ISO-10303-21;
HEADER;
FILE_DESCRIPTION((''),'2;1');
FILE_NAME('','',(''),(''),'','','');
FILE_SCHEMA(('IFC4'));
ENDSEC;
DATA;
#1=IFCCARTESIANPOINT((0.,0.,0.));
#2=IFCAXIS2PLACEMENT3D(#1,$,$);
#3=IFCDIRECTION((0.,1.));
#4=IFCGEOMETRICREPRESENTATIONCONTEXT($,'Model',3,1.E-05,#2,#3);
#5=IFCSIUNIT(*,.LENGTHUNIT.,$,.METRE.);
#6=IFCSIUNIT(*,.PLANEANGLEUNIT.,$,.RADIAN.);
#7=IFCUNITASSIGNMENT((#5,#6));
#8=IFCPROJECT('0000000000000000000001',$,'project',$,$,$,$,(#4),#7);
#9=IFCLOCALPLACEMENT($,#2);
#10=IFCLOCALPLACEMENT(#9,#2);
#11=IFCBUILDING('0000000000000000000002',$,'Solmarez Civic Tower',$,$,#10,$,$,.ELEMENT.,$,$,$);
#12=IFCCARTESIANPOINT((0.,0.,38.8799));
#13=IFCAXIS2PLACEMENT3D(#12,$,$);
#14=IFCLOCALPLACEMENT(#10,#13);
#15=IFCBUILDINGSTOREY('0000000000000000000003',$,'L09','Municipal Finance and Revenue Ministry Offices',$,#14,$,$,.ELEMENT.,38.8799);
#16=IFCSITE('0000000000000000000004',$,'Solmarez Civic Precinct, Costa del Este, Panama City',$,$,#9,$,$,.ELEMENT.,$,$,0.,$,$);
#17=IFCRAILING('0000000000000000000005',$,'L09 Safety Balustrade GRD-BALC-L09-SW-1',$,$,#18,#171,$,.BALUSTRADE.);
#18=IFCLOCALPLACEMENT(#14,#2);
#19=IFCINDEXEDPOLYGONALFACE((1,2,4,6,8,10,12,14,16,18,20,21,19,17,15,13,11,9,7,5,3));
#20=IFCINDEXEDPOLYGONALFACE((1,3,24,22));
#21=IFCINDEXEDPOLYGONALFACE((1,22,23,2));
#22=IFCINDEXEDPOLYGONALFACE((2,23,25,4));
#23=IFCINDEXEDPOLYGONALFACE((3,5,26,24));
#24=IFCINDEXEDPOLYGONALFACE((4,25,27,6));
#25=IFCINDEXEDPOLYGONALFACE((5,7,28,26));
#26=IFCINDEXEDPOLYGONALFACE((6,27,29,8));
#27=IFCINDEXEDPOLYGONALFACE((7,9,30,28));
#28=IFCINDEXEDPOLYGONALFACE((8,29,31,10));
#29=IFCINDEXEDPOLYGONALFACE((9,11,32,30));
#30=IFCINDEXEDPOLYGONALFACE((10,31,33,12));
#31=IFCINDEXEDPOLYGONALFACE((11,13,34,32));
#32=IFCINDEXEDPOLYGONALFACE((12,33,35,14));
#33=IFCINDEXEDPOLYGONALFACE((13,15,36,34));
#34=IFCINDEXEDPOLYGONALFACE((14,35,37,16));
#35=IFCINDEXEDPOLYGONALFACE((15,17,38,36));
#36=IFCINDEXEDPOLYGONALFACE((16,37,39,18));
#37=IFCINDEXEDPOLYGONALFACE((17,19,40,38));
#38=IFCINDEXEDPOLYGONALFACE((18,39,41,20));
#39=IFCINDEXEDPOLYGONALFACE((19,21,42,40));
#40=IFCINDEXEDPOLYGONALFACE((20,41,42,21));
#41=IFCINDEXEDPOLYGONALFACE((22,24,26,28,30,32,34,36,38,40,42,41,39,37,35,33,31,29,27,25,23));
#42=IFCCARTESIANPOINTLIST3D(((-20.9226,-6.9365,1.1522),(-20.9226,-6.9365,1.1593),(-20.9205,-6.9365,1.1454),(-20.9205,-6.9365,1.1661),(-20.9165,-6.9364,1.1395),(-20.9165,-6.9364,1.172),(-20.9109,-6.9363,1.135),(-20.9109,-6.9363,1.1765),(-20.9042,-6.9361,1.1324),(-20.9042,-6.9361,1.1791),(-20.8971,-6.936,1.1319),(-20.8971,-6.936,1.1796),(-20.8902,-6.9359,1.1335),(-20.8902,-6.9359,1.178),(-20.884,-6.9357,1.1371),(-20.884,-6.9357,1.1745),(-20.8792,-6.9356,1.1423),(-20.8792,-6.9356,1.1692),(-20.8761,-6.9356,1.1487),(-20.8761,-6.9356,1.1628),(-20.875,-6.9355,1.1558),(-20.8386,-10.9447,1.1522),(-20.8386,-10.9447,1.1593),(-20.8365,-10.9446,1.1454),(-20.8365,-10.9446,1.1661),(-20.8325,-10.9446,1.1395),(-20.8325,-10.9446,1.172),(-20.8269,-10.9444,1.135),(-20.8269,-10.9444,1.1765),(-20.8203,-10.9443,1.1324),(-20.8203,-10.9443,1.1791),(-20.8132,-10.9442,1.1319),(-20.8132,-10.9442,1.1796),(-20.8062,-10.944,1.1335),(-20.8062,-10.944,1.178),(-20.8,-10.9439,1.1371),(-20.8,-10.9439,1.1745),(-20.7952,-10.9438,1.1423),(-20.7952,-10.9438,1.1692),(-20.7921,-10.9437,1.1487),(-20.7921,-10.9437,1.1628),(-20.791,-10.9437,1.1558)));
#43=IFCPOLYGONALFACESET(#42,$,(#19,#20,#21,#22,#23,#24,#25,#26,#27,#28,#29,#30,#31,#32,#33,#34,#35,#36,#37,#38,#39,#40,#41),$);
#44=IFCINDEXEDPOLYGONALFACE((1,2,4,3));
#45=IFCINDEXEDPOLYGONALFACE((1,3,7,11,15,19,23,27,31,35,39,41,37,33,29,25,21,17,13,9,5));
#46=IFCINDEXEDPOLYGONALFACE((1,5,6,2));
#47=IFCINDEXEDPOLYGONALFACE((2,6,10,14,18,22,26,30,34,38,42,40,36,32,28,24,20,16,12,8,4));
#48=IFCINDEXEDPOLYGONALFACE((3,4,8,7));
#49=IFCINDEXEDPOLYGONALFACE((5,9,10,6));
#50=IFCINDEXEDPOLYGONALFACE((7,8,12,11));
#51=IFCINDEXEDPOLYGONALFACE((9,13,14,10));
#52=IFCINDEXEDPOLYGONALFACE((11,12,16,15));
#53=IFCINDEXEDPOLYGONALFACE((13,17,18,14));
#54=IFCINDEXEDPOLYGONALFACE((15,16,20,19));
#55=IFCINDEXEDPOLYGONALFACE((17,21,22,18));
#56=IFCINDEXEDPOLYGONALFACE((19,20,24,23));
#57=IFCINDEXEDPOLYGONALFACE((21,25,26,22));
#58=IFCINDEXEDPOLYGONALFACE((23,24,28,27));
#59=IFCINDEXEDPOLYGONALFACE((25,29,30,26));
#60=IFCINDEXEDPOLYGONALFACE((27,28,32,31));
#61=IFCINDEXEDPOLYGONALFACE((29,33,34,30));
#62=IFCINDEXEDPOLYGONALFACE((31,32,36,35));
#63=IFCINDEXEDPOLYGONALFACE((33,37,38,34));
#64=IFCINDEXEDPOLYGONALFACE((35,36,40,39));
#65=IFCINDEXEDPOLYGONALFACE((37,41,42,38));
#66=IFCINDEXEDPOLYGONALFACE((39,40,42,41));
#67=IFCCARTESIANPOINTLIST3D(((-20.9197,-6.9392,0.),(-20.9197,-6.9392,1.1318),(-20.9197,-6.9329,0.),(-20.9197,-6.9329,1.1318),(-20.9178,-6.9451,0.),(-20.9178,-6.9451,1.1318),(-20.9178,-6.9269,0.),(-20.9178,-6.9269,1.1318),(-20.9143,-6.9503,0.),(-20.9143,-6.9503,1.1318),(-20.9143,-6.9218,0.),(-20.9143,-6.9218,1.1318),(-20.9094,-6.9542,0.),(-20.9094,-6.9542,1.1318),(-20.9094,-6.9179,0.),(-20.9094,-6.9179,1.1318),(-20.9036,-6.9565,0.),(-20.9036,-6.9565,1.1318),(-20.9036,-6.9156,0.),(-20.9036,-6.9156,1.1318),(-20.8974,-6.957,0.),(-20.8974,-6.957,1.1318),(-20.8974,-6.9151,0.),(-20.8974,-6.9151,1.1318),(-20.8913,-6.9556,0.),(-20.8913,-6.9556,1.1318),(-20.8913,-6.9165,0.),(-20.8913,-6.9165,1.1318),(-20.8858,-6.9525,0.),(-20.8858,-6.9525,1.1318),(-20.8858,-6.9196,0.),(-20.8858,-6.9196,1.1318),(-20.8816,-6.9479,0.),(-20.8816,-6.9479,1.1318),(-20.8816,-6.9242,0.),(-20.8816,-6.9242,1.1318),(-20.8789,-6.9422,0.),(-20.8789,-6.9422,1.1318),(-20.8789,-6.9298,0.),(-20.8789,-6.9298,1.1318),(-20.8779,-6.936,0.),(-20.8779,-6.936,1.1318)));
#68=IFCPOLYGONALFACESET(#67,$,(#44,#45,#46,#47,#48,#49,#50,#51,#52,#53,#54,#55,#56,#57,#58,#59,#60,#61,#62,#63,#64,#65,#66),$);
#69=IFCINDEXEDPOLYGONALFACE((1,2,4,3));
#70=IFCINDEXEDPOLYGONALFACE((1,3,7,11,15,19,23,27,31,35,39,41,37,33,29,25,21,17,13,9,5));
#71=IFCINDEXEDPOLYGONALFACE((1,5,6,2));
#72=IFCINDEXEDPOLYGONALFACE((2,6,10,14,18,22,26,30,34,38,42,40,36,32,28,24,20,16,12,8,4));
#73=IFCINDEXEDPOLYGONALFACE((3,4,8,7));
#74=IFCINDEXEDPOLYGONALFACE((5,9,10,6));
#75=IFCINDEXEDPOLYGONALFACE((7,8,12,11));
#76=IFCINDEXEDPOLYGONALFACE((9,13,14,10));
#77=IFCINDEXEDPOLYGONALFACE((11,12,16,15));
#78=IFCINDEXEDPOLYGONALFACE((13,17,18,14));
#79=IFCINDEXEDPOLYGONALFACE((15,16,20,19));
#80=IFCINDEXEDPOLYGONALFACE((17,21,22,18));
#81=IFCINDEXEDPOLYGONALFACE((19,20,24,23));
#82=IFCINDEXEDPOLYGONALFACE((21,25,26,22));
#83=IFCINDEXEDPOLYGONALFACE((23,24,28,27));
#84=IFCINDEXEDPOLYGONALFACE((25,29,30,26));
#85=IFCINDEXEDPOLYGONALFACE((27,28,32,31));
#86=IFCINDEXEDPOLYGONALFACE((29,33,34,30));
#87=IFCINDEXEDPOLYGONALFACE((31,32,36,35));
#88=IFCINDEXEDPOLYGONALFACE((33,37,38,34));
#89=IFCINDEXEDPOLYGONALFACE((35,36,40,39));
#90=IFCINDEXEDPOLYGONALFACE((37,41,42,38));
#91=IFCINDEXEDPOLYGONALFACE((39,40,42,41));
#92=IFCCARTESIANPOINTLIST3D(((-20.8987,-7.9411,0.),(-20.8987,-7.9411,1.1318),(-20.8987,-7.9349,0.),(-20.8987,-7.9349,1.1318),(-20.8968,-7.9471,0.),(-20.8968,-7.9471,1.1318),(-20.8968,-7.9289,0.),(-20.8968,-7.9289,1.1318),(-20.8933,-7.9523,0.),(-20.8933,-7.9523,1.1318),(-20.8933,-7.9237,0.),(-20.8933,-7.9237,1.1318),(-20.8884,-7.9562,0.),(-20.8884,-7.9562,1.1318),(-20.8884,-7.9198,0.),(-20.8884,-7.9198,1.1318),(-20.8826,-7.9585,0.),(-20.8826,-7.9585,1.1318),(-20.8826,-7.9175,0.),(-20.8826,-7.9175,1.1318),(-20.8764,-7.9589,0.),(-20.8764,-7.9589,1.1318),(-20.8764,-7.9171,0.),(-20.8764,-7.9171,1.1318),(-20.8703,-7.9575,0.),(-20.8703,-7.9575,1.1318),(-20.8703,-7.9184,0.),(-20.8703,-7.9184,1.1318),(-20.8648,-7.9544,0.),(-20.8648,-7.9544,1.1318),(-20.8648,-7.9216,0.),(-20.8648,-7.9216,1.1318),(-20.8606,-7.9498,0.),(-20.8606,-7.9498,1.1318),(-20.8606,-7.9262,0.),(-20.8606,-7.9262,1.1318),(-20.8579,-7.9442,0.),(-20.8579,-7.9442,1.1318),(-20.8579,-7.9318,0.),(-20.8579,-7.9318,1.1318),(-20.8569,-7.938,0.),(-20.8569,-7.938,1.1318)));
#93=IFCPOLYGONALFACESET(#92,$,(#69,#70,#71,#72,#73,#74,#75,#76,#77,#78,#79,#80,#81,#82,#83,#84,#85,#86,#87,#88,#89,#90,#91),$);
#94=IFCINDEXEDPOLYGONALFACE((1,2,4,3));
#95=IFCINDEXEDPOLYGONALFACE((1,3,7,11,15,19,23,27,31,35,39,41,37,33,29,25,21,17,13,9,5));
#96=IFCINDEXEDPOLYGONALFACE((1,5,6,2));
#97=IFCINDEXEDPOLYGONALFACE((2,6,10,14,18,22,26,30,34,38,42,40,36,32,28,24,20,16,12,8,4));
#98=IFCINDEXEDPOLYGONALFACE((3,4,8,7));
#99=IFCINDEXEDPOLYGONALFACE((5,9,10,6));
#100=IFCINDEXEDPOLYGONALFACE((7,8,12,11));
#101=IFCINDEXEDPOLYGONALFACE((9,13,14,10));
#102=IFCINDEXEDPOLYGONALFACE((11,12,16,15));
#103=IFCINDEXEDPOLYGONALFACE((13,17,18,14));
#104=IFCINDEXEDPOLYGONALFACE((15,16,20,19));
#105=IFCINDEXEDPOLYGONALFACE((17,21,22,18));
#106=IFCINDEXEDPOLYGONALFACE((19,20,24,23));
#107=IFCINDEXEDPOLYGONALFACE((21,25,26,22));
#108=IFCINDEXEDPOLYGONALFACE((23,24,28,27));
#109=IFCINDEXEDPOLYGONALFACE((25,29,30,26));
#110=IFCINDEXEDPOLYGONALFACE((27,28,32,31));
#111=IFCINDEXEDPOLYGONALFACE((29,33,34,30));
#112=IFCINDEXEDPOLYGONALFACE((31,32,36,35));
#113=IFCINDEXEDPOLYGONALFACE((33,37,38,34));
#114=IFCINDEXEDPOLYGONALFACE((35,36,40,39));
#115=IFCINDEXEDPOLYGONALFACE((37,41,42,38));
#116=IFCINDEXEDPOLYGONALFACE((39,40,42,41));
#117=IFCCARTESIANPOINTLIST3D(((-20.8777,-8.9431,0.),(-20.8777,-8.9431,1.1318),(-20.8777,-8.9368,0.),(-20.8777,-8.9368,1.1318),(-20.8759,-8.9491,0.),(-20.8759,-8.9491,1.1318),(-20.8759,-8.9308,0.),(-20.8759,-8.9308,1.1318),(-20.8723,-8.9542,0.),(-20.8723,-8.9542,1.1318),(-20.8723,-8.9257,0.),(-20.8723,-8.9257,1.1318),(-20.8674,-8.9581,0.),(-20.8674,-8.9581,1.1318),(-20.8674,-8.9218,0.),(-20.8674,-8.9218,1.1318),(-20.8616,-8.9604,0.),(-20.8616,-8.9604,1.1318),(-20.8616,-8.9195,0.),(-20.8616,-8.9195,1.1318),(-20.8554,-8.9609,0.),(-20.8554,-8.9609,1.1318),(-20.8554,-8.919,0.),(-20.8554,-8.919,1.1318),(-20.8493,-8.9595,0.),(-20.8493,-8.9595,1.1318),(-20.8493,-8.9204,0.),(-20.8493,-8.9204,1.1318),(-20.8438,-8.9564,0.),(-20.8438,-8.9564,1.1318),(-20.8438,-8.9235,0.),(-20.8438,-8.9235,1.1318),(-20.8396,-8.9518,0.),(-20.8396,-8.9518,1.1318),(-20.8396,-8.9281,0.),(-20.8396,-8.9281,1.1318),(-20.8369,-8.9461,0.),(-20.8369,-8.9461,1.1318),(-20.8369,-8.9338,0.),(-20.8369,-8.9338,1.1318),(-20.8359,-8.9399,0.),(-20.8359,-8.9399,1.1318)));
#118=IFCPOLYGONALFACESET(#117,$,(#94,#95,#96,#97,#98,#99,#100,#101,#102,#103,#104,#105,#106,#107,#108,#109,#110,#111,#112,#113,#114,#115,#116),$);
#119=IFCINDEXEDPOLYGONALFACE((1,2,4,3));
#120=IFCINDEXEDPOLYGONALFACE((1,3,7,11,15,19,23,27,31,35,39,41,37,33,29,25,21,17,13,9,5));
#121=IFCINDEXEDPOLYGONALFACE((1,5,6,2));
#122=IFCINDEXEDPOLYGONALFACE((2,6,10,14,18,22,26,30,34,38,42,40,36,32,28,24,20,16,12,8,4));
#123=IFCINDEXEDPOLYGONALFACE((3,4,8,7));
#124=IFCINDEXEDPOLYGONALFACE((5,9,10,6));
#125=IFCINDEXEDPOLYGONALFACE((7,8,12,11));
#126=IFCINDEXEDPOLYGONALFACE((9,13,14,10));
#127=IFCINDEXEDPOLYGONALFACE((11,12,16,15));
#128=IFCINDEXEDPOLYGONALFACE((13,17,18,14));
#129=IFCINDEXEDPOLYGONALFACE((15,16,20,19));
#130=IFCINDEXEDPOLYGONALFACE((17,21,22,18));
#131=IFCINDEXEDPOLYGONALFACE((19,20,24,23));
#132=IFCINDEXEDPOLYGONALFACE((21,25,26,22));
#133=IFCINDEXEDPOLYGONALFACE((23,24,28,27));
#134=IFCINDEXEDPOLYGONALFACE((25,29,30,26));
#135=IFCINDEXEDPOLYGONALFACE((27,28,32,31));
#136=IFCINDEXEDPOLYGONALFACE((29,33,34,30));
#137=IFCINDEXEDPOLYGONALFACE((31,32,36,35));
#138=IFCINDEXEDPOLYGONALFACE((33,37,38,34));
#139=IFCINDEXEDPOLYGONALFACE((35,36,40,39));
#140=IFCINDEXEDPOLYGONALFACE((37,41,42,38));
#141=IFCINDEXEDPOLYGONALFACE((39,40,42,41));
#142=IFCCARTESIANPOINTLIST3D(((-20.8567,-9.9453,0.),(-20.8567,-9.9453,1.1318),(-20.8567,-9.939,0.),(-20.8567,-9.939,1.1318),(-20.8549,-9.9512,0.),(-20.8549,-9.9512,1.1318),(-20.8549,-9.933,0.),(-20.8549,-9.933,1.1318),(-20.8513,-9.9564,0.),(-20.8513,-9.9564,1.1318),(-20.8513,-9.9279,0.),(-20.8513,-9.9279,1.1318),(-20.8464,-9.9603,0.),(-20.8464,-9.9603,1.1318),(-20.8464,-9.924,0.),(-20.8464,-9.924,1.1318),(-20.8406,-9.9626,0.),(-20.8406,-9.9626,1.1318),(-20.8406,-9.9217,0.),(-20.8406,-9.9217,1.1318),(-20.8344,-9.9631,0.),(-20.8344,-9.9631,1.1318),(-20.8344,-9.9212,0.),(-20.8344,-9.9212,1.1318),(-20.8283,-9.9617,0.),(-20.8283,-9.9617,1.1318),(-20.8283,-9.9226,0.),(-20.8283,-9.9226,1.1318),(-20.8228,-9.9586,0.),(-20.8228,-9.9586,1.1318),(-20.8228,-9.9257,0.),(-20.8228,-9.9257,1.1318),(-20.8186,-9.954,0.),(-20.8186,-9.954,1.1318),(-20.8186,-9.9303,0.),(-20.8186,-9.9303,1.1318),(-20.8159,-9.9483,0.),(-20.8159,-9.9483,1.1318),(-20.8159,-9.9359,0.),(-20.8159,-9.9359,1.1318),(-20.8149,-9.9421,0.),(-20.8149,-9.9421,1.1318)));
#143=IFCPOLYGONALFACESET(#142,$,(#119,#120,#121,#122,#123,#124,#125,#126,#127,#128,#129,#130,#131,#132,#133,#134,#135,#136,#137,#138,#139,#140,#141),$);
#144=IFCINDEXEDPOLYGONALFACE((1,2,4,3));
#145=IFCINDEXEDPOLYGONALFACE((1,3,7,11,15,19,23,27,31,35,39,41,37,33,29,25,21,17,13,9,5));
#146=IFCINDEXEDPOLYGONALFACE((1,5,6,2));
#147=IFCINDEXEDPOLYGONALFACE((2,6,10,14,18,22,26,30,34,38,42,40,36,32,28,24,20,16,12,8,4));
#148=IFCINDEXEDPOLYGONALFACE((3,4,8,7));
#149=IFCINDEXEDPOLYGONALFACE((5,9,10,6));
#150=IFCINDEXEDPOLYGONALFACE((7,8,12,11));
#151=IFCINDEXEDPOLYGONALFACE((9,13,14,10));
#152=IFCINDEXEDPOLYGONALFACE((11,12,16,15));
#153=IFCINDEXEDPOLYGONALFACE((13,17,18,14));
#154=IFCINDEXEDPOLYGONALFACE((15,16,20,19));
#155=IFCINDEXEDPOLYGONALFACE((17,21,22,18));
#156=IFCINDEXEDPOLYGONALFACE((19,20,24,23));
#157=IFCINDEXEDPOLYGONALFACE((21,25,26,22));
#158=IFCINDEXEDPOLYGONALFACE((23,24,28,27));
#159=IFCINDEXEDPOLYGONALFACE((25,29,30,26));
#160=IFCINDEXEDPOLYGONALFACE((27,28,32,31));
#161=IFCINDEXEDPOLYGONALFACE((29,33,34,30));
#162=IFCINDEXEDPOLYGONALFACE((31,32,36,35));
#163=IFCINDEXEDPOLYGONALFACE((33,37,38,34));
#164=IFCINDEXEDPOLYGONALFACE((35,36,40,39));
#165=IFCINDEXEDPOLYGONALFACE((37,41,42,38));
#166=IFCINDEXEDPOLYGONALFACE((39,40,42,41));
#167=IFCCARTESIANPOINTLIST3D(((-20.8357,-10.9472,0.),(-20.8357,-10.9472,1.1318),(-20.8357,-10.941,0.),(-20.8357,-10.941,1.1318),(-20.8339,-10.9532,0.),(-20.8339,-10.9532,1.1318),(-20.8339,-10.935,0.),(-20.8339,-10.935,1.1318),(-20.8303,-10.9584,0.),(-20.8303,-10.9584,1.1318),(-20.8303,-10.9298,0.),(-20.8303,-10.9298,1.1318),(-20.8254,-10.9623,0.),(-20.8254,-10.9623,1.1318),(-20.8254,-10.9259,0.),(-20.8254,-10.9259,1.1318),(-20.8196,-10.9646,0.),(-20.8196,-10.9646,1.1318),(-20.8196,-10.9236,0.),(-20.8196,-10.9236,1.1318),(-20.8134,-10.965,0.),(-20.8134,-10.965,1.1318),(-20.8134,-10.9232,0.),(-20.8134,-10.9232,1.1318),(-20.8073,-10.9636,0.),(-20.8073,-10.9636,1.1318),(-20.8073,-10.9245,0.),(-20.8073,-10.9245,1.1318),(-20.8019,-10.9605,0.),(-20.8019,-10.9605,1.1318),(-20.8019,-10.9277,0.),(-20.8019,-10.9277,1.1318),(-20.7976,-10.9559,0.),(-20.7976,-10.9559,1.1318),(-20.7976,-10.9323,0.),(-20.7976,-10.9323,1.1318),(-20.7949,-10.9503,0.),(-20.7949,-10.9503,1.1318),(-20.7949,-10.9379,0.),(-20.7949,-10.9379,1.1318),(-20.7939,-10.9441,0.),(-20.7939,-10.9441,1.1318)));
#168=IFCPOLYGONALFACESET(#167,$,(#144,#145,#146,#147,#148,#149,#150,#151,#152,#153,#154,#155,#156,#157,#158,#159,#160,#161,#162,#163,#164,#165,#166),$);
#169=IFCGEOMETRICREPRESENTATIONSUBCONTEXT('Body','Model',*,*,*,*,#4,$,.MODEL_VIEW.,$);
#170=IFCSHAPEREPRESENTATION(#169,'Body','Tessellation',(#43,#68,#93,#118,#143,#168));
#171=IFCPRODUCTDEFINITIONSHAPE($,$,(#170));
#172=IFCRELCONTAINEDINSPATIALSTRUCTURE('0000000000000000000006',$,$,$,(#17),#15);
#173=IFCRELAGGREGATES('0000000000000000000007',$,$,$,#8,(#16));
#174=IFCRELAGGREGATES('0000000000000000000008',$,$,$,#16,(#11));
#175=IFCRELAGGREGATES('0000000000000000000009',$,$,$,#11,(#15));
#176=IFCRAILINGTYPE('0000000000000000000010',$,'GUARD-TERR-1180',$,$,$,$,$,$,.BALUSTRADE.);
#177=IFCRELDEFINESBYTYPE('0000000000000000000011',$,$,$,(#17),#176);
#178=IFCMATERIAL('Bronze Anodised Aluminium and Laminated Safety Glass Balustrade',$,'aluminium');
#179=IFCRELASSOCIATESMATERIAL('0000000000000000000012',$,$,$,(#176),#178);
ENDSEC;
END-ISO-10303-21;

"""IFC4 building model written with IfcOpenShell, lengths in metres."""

from ifc_helpers import new_model, si_unit, direction, frame, origin, origin_2d, place, context, subcontext, project, spatial, circle, extrude, material, type_object, element, save


model = new_model("IFC4")

# Units and contexts
model_context = context("Model", 3, precision=1e-05, world=origin(), true_north=direction((0.0, 1.0)))
body_context = subcontext(model_context, "Body", "Model", "MODEL_VIEW")
ifc_project = project(units=[si_unit("LENGTHUNIT", "METRE"), si_unit("PLANEANGLEUNIT", "RADIAN")], contexts=[model_context])

# Site, building, storey
site_placement = place(None, origin())
site = spatial("IfcSite", under=ifc_project, at=site_placement, Name="Solmarez Civic Precinct, Costa del Este, Panama City", CompositionType="ELEMENT", RefElevation=0.0)
building_placement = place(site_placement, origin())
building = spatial("IfcBuilding", under=site, at=building_placement, Name="Solmarez Civic Tower", CompositionType="ELEMENT")
storey_placement = place(building_placement, frame((0.0, 0.0, 38.8799)))
storey = spatial("IfcBuildingStorey", under=building, at=storey_placement, Name="L09", Description="Municipal Finance and Revenue Ministry Offices", CompositionType="ELEMENT", Elevation=38.8799)

# Railing
ifc_material_1 = material(Name="Bronze Anodised Aluminium and Laminated Safety Glass Balustrade", Category="aluminium")
railing_type = type_object("IfcRailingType", Name="GUARD-TERR-1180", PredefinedType="BALUSTRADE", material=ifc_material_1)
railing_1_placement = place(storey_placement, frame((-20.8989, -6.936, 0.0)))
element("IfcRailing", 1, at=railing_1_placement, inside=storey, type_object=railing_type, Name="L09 Safety Balustrade GRD-BALC-L09-SW-1", PredefinedType="BALUSTRADE", context=body_context, shape_type="SweptSolid", body=[
    extrude(circle(Radius=0.0239, at=origin_2d()), frame((0.0, 0.0, 1.1558), z_axis=(0.020949, -0.999781, 0.0), x_axis=(0.999781, 0.020949, 0.0)), (0.0, 0.0, 1.0), 4.009),
    extrude(circle(Radius=0.021, at=origin_2d()), origin(), (0.0, 0.0, 1.0), 1.1318),
    extrude(circle(Radius=0.021, at=origin_2d()), frame((0.021, -1.002, 0.0)), (0.0, 0.0, 1.0), 1.1318),
    extrude(circle(Radius=0.021, at=origin_2d()), frame((0.042, -2.0039, 0.0)), (0.0, 0.0, 1.0), 1.1318),
    extrude(circle(Radius=0.021, at=origin_2d()), frame((0.063, -3.0061, 0.0)), (0.0, 0.0, 1.0), 1.1318),
    extrude(circle(Radius=0.021, at=origin_2d()), frame((0.084, -4.0081, 0.0)), (0.0, 0.0, 1.0), 1.1318),
])

save(model, "model.ifc")
